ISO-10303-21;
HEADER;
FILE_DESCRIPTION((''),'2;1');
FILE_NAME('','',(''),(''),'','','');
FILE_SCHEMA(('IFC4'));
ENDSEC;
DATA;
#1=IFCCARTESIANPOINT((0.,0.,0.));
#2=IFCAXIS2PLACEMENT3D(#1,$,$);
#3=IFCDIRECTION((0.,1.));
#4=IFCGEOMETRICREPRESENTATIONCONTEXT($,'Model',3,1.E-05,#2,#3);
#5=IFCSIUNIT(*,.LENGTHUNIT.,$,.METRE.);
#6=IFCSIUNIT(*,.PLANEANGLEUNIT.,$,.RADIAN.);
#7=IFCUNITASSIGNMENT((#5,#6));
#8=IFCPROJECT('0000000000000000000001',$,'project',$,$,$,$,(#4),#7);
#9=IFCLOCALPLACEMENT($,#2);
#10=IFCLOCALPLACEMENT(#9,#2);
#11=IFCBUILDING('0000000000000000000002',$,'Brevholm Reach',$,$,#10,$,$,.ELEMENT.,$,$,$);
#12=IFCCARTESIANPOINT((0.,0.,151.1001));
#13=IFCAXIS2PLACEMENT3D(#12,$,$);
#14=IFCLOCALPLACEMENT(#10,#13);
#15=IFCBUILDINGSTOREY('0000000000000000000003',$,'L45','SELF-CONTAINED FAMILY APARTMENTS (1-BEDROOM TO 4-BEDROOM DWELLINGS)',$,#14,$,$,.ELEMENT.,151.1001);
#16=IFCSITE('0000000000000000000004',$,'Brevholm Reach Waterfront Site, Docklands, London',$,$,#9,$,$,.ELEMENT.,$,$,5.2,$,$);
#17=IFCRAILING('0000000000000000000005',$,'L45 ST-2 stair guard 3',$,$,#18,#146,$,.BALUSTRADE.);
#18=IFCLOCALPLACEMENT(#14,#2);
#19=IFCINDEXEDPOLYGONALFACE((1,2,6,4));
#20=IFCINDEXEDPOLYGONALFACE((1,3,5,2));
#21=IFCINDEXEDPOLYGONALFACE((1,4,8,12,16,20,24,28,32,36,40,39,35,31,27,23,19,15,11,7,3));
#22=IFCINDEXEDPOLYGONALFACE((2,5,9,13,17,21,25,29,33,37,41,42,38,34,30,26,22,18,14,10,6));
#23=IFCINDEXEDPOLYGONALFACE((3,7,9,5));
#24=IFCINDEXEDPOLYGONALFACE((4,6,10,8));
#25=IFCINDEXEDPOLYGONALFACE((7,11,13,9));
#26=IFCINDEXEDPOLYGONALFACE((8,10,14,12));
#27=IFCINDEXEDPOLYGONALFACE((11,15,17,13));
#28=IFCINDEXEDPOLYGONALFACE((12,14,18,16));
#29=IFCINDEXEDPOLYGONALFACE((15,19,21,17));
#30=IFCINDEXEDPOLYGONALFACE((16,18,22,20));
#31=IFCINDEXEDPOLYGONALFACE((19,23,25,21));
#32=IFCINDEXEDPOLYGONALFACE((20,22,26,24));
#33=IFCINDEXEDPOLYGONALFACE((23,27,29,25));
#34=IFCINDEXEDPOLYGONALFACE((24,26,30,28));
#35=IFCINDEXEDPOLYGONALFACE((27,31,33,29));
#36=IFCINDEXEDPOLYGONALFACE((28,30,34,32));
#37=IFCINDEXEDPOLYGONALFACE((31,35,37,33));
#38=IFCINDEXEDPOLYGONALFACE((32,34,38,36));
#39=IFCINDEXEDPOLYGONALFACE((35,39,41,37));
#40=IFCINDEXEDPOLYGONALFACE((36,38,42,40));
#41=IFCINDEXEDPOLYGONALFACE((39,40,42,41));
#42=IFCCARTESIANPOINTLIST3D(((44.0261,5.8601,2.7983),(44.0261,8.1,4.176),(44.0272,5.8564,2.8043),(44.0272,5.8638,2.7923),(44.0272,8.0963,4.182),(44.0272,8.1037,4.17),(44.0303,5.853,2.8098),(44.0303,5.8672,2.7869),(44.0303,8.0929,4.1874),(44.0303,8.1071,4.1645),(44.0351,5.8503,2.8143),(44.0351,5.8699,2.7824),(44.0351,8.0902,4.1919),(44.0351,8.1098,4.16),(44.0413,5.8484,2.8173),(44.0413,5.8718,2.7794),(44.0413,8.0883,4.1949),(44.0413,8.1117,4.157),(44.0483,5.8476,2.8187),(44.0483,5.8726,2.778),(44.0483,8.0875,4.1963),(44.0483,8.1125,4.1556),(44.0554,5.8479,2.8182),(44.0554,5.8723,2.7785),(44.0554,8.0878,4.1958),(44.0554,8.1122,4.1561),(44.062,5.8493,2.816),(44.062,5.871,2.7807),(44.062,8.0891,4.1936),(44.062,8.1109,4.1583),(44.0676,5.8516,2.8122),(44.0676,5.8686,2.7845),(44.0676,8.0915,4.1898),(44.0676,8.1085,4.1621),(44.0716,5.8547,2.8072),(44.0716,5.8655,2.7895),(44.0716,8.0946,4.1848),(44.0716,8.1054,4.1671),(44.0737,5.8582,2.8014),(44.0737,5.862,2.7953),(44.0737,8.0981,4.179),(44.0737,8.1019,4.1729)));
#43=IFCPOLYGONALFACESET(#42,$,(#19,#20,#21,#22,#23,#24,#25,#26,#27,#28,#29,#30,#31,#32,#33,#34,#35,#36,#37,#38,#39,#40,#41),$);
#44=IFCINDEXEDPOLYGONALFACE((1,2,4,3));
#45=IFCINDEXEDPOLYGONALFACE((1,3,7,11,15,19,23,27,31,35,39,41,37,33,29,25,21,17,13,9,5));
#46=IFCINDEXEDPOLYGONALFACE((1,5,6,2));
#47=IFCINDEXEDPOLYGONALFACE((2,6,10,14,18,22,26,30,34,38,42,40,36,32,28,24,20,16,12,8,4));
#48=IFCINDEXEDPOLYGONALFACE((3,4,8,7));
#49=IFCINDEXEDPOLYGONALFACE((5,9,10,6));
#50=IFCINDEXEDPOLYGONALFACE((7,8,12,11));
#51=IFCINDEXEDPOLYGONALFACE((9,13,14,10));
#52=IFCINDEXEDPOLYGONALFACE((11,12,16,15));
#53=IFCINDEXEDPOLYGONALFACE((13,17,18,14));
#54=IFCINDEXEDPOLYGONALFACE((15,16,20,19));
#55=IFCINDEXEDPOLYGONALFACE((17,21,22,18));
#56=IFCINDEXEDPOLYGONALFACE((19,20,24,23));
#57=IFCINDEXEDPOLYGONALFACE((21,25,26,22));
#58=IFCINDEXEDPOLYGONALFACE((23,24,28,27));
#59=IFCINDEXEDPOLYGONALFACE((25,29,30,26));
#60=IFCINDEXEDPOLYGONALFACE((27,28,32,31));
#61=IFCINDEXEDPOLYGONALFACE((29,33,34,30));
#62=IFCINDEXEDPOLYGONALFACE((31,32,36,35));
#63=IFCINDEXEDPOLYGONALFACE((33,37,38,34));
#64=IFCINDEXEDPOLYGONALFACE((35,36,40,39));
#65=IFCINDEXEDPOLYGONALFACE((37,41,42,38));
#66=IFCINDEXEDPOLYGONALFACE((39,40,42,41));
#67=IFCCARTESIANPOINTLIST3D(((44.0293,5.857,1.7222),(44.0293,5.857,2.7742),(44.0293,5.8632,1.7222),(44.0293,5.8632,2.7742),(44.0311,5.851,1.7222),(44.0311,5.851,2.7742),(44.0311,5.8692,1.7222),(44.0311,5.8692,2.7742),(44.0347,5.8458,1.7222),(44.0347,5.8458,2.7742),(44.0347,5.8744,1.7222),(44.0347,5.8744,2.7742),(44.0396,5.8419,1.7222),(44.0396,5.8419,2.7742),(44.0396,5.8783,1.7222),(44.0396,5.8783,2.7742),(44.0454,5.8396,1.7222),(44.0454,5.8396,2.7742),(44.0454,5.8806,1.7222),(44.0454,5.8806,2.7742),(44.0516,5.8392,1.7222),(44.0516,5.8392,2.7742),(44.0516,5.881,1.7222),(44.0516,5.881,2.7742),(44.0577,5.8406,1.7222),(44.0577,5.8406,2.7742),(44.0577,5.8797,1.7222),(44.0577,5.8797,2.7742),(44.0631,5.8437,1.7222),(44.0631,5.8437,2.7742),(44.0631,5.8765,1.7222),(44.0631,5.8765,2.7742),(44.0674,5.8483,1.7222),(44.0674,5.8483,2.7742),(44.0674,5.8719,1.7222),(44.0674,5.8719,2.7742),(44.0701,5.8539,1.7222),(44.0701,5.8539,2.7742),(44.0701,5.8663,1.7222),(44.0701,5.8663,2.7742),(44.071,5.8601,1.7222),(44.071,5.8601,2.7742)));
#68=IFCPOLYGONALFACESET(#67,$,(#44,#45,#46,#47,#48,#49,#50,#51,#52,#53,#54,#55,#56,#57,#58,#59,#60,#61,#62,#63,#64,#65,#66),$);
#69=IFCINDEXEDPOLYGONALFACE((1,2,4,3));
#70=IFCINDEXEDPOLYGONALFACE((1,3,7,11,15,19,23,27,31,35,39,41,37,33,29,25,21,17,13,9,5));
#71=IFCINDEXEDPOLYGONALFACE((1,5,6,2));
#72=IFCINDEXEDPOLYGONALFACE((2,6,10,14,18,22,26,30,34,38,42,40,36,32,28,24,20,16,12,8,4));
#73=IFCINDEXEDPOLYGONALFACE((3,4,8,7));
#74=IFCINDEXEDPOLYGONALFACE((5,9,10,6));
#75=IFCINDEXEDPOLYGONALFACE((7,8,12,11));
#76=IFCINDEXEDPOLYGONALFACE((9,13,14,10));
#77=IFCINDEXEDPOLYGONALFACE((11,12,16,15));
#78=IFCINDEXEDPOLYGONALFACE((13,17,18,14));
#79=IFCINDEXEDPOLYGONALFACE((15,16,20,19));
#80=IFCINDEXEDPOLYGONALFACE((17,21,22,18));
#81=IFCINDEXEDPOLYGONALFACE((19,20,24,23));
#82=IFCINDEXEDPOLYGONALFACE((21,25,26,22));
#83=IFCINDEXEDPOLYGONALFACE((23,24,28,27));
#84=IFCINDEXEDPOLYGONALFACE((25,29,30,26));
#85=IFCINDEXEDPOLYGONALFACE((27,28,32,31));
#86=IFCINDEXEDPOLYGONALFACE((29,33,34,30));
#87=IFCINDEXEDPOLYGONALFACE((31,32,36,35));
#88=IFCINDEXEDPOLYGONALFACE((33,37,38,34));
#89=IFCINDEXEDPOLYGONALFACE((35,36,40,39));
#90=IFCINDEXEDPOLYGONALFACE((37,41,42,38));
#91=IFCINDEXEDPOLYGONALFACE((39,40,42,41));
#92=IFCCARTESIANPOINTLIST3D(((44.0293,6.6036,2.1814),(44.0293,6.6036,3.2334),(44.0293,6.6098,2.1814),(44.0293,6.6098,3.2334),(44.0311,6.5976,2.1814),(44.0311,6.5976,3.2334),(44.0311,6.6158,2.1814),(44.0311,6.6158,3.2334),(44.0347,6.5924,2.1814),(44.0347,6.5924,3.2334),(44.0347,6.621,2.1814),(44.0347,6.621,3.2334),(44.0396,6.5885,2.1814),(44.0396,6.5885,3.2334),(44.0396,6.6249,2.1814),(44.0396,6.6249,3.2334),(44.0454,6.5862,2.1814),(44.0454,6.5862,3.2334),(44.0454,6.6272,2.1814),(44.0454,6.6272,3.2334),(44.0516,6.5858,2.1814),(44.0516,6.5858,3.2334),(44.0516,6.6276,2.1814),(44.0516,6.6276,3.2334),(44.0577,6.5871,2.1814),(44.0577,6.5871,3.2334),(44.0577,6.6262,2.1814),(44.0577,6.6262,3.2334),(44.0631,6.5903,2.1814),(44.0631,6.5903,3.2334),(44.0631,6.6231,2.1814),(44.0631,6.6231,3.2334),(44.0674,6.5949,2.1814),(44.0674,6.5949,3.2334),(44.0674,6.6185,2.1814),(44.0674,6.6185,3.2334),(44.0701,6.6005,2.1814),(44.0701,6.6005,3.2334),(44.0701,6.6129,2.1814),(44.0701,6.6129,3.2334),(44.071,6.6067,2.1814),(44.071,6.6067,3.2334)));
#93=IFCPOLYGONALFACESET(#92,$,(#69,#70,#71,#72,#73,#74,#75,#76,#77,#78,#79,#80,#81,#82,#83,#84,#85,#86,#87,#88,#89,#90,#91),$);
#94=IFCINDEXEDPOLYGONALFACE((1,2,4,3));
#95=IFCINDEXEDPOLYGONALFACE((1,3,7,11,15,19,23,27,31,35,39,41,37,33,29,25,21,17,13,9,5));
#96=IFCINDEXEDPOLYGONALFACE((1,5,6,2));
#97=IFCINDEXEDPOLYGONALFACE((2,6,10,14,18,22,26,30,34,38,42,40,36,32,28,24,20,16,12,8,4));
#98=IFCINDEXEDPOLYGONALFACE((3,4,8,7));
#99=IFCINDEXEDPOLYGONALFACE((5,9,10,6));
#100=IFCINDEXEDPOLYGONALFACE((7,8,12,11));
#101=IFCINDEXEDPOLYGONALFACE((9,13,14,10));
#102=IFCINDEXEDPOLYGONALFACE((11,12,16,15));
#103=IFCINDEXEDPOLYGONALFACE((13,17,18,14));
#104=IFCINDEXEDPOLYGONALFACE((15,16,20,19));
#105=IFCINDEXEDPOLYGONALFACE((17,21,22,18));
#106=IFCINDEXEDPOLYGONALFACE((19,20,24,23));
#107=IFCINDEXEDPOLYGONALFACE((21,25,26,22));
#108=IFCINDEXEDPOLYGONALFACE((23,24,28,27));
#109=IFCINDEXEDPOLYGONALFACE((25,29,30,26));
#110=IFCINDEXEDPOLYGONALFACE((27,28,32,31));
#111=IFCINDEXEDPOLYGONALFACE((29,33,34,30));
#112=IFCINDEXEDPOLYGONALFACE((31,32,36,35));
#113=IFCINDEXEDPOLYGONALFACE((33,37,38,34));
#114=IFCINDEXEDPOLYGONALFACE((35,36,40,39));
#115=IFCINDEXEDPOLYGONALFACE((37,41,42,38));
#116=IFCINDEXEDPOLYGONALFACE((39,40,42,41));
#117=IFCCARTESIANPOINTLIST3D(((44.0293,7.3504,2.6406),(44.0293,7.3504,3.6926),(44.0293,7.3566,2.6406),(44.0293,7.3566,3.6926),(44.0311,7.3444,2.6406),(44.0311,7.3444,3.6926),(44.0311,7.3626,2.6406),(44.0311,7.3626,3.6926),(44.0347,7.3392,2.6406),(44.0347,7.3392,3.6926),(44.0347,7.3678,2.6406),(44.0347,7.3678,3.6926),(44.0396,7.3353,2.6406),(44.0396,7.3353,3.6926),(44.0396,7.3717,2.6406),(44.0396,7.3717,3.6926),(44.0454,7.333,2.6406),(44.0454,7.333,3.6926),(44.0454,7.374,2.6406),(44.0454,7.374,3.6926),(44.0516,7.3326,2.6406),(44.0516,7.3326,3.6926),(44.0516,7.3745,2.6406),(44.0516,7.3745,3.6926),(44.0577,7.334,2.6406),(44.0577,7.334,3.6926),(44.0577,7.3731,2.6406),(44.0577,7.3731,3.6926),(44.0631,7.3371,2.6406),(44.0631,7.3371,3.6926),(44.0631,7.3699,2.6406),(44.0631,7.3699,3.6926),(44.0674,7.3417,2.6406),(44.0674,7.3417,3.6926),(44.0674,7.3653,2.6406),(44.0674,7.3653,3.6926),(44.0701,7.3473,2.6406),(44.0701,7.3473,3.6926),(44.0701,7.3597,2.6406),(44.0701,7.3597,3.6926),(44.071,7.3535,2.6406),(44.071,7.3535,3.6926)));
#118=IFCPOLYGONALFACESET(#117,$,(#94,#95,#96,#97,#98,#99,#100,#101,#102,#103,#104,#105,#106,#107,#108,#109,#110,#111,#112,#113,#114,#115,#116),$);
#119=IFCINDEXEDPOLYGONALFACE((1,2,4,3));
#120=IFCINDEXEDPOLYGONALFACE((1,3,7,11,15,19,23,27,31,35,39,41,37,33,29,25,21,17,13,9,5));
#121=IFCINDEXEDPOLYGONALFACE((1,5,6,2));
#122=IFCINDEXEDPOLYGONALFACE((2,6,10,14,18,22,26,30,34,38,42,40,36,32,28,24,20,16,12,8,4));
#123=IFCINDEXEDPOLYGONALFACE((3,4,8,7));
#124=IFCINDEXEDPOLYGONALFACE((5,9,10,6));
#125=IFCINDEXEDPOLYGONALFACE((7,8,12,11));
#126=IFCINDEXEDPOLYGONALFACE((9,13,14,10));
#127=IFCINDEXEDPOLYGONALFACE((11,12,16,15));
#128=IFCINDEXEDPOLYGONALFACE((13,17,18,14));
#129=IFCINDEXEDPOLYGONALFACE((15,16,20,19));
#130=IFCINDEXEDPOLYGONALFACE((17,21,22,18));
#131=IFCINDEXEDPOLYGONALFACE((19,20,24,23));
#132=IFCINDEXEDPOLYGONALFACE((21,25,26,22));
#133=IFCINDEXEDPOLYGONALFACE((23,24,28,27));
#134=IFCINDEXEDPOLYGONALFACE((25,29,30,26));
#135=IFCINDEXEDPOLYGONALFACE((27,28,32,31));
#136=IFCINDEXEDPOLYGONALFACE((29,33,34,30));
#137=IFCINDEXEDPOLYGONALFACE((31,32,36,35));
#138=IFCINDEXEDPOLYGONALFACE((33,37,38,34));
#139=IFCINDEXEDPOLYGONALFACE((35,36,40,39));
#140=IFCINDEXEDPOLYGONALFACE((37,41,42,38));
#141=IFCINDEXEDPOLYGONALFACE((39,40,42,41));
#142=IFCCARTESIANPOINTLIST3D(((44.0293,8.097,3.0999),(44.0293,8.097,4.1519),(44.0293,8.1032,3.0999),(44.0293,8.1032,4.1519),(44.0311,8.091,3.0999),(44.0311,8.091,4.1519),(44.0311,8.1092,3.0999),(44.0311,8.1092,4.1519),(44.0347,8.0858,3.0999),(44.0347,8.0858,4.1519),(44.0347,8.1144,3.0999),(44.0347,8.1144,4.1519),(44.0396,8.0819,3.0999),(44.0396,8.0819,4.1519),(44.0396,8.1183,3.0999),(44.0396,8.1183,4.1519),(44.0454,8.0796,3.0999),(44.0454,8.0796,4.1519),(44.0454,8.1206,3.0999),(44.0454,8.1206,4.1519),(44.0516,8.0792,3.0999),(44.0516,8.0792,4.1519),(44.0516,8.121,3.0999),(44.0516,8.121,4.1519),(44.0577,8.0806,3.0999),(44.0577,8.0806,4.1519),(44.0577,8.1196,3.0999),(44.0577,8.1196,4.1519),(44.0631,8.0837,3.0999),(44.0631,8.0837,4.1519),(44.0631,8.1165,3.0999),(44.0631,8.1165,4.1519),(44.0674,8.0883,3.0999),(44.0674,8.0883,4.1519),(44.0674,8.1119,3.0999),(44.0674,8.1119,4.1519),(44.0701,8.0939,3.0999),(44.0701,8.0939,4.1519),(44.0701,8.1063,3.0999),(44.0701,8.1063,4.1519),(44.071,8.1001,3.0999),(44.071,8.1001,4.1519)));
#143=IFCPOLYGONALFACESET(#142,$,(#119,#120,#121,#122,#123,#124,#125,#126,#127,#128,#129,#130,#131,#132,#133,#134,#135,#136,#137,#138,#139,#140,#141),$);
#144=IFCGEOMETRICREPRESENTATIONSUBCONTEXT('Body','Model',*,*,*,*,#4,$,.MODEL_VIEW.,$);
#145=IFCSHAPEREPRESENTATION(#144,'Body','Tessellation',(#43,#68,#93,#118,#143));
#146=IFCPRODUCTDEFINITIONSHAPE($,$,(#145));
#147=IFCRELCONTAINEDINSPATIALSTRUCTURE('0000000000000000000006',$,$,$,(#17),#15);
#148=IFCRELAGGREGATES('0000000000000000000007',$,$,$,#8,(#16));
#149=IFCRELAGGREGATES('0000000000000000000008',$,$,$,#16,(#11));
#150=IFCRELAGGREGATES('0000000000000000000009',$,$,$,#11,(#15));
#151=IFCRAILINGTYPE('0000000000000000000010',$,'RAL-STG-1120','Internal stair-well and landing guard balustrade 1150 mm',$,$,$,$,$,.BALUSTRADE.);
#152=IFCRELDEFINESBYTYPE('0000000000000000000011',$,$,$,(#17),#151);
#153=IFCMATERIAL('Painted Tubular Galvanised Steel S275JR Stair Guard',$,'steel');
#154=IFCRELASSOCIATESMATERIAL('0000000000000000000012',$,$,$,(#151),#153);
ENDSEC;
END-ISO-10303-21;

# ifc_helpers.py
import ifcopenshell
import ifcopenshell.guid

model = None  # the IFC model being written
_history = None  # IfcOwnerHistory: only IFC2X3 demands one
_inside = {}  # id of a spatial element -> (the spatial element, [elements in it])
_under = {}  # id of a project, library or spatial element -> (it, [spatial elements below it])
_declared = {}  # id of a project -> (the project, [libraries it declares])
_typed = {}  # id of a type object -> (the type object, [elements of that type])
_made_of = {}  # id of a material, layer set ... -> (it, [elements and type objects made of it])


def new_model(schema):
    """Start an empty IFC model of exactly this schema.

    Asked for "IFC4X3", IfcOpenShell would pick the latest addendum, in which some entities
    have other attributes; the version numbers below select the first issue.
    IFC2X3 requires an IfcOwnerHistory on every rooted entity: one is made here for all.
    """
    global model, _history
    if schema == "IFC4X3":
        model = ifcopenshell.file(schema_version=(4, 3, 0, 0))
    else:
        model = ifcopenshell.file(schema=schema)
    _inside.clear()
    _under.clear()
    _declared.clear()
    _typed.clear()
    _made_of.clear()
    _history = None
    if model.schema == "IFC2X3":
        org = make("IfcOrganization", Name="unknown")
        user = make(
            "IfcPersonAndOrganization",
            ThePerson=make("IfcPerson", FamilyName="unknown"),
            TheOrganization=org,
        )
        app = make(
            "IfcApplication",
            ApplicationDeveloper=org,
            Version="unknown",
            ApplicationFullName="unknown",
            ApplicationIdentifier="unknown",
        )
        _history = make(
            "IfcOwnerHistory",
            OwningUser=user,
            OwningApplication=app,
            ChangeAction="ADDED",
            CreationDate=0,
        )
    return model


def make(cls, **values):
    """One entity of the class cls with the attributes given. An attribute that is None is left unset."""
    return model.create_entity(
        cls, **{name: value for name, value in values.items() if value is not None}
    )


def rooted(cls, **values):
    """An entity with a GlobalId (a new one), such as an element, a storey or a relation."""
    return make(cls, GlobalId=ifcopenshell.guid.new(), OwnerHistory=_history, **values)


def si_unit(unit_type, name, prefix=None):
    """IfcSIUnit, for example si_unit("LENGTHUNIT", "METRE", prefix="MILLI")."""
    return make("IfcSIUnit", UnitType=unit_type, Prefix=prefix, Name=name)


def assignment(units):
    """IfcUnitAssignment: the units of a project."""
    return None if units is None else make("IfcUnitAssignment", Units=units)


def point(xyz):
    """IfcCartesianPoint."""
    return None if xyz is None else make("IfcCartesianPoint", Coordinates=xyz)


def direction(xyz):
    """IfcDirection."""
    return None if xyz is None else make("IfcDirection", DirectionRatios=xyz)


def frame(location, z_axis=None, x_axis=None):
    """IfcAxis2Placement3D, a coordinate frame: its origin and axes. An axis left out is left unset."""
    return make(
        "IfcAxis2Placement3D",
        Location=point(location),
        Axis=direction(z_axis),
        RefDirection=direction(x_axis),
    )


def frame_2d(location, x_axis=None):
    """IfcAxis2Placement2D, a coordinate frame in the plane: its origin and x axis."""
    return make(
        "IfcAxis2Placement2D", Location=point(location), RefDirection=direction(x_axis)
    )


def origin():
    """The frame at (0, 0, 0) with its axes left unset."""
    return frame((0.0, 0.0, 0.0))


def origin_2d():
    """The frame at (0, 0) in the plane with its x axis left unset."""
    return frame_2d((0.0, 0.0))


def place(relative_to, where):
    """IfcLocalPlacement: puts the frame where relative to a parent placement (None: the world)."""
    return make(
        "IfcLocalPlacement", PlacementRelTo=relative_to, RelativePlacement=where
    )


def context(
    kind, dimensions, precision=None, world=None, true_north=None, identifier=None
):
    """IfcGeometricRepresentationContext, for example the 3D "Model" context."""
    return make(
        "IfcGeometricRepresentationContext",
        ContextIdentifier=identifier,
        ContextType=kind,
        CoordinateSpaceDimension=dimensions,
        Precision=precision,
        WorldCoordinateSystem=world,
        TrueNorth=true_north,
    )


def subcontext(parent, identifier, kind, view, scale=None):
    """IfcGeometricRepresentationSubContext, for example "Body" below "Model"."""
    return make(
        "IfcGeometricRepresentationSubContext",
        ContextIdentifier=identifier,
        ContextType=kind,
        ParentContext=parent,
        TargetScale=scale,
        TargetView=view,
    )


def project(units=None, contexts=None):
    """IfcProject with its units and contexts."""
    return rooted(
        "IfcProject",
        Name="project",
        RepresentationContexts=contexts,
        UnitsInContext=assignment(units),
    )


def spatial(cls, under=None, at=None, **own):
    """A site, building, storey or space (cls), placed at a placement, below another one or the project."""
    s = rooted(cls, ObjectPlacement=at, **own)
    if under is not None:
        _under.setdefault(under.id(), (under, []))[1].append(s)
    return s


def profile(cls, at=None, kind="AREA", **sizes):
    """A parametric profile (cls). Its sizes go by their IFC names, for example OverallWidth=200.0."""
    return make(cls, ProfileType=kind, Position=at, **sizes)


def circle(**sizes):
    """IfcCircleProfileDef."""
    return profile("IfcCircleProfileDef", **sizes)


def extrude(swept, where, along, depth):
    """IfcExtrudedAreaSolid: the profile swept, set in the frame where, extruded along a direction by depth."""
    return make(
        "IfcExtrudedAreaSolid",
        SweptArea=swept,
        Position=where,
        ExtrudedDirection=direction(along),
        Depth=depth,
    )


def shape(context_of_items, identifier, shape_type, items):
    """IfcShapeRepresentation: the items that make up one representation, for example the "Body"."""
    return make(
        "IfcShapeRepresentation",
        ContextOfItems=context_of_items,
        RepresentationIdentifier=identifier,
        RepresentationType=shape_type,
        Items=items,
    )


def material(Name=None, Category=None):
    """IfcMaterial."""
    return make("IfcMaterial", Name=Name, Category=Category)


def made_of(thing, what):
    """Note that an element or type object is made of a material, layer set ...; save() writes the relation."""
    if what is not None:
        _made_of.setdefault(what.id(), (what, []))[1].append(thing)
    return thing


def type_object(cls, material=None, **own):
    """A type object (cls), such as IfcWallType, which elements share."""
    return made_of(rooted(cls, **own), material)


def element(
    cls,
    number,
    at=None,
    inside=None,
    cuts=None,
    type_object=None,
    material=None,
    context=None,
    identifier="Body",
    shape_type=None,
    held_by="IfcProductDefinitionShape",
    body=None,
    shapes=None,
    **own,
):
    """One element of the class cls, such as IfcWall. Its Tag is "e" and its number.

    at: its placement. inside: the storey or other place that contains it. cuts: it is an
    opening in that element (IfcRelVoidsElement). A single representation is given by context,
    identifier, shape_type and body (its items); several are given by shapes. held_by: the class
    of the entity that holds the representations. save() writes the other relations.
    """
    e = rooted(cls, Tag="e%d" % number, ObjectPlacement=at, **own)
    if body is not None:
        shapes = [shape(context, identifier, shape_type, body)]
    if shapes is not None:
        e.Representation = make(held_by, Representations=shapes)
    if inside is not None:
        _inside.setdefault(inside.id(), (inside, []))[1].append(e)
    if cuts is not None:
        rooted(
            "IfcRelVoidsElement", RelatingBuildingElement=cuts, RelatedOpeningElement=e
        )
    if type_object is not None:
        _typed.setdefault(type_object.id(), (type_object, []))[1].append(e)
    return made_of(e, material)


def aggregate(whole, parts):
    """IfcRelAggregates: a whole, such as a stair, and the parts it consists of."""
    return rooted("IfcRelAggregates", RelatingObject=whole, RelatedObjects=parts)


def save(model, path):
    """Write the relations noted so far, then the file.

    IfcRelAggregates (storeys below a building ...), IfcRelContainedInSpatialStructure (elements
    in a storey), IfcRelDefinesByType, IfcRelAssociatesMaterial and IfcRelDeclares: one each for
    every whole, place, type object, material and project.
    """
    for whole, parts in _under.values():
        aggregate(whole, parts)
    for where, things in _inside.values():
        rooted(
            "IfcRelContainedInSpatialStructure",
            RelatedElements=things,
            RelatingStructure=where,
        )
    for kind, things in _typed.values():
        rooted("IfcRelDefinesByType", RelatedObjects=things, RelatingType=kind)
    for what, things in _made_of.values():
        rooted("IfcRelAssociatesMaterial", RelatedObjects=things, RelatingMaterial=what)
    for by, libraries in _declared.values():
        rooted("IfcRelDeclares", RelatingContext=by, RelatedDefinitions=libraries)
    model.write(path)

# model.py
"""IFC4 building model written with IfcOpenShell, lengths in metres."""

from ifc_helpers import new_model, si_unit, direction, frame, origin, origin_2d, place, context, subcontext, project, spatial, circle, extrude, material, type_object, element, save


model = new_model("IFC4")

# Units and contexts
model_context = context("Model", 3, precision=1e-05, world=origin(), true_north=direction((0.0, 1.0)))
body_context = subcontext(model_context, "Body", "Model", "MODEL_VIEW")
ifc_project = project(units=[si_unit("LENGTHUNIT", "METRE"), si_unit("PLANEANGLEUNIT", "RADIAN")], contexts=[model_context])

# Site, building, storey
site_placement = place(None, origin())
site = spatial("IfcSite", under=ifc_project, at=site_placement, Name="Brevholm Reach Waterfront Site, Docklands, London", CompositionType="ELEMENT", RefElevation=5.2)
building_placement = place(site_placement, origin())
building = spatial("IfcBuilding", under=site, at=building_placement, Name="Brevholm Reach", CompositionType="ELEMENT")
storey_placement = place(building_placement, frame((0.0, 0.0, 151.1001)))
storey = spatial("IfcBuildingStorey", under=building, at=storey_placement, Name="L45", Description="SELF-CONTAINED FAMILY APARTMENTS (1-BEDROOM TO 4-BEDROOM DWELLINGS)", CompositionType="ELEMENT", Elevation=151.1001)

# Railing
ifc_material_1 = material(Name="Painted Tubular Galvanised Steel S275JR Stair Guard", Category="steel")
railing_type_1 = type_object("IfcRailingType", Name="RAL-STG-1120", Description="Internal stair-well and landing guard balustrade 1150 mm", PredefinedType="BALUSTRADE", material=ifc_material_1)
railing_1_placement = place(storey_placement, frame((44.05, 5.8601, 1.7222)))
element("IfcRailing", 1, at=railing_1_placement, inside=storey, type_object=railing_type_1, Name="L45 ST-2 stair guard 3", PredefinedType="BALUSTRADE", context=body_context, shape_type="SweptSolid", body=[
    extrude(circle(Radius=0.0239, at=origin_2d()), frame((0.0, 0.0, 1.0762), z_axis=(0.0, 0.851789, 0.523885), x_axis=(-1.0, 0.0, 0.0)), (0.0, 0.0, 1.0), 2.6296),
    extrude(circle(Radius=0.021, at=origin_2d()), origin(), (0.0, 0.0, 1.0), 1.052),
    extrude(circle(Radius=0.021, at=origin_2d()), frame((0.0, 0.7466, 0.4592)), (0.0, 0.0, 1.0), 1.052),
    extrude(circle(Radius=0.021, at=origin_2d()), frame((0.0, 1.4934, 0.9185)), (0.0, 0.0, 1.0), 1.052),
    extrude(circle(Radius=0.021, at=origin_2d()), frame((0.0, 2.24, 1.3777)), (0.0, 0.0, 1.0), 1.052),
])

save(model, "model.ifc")
